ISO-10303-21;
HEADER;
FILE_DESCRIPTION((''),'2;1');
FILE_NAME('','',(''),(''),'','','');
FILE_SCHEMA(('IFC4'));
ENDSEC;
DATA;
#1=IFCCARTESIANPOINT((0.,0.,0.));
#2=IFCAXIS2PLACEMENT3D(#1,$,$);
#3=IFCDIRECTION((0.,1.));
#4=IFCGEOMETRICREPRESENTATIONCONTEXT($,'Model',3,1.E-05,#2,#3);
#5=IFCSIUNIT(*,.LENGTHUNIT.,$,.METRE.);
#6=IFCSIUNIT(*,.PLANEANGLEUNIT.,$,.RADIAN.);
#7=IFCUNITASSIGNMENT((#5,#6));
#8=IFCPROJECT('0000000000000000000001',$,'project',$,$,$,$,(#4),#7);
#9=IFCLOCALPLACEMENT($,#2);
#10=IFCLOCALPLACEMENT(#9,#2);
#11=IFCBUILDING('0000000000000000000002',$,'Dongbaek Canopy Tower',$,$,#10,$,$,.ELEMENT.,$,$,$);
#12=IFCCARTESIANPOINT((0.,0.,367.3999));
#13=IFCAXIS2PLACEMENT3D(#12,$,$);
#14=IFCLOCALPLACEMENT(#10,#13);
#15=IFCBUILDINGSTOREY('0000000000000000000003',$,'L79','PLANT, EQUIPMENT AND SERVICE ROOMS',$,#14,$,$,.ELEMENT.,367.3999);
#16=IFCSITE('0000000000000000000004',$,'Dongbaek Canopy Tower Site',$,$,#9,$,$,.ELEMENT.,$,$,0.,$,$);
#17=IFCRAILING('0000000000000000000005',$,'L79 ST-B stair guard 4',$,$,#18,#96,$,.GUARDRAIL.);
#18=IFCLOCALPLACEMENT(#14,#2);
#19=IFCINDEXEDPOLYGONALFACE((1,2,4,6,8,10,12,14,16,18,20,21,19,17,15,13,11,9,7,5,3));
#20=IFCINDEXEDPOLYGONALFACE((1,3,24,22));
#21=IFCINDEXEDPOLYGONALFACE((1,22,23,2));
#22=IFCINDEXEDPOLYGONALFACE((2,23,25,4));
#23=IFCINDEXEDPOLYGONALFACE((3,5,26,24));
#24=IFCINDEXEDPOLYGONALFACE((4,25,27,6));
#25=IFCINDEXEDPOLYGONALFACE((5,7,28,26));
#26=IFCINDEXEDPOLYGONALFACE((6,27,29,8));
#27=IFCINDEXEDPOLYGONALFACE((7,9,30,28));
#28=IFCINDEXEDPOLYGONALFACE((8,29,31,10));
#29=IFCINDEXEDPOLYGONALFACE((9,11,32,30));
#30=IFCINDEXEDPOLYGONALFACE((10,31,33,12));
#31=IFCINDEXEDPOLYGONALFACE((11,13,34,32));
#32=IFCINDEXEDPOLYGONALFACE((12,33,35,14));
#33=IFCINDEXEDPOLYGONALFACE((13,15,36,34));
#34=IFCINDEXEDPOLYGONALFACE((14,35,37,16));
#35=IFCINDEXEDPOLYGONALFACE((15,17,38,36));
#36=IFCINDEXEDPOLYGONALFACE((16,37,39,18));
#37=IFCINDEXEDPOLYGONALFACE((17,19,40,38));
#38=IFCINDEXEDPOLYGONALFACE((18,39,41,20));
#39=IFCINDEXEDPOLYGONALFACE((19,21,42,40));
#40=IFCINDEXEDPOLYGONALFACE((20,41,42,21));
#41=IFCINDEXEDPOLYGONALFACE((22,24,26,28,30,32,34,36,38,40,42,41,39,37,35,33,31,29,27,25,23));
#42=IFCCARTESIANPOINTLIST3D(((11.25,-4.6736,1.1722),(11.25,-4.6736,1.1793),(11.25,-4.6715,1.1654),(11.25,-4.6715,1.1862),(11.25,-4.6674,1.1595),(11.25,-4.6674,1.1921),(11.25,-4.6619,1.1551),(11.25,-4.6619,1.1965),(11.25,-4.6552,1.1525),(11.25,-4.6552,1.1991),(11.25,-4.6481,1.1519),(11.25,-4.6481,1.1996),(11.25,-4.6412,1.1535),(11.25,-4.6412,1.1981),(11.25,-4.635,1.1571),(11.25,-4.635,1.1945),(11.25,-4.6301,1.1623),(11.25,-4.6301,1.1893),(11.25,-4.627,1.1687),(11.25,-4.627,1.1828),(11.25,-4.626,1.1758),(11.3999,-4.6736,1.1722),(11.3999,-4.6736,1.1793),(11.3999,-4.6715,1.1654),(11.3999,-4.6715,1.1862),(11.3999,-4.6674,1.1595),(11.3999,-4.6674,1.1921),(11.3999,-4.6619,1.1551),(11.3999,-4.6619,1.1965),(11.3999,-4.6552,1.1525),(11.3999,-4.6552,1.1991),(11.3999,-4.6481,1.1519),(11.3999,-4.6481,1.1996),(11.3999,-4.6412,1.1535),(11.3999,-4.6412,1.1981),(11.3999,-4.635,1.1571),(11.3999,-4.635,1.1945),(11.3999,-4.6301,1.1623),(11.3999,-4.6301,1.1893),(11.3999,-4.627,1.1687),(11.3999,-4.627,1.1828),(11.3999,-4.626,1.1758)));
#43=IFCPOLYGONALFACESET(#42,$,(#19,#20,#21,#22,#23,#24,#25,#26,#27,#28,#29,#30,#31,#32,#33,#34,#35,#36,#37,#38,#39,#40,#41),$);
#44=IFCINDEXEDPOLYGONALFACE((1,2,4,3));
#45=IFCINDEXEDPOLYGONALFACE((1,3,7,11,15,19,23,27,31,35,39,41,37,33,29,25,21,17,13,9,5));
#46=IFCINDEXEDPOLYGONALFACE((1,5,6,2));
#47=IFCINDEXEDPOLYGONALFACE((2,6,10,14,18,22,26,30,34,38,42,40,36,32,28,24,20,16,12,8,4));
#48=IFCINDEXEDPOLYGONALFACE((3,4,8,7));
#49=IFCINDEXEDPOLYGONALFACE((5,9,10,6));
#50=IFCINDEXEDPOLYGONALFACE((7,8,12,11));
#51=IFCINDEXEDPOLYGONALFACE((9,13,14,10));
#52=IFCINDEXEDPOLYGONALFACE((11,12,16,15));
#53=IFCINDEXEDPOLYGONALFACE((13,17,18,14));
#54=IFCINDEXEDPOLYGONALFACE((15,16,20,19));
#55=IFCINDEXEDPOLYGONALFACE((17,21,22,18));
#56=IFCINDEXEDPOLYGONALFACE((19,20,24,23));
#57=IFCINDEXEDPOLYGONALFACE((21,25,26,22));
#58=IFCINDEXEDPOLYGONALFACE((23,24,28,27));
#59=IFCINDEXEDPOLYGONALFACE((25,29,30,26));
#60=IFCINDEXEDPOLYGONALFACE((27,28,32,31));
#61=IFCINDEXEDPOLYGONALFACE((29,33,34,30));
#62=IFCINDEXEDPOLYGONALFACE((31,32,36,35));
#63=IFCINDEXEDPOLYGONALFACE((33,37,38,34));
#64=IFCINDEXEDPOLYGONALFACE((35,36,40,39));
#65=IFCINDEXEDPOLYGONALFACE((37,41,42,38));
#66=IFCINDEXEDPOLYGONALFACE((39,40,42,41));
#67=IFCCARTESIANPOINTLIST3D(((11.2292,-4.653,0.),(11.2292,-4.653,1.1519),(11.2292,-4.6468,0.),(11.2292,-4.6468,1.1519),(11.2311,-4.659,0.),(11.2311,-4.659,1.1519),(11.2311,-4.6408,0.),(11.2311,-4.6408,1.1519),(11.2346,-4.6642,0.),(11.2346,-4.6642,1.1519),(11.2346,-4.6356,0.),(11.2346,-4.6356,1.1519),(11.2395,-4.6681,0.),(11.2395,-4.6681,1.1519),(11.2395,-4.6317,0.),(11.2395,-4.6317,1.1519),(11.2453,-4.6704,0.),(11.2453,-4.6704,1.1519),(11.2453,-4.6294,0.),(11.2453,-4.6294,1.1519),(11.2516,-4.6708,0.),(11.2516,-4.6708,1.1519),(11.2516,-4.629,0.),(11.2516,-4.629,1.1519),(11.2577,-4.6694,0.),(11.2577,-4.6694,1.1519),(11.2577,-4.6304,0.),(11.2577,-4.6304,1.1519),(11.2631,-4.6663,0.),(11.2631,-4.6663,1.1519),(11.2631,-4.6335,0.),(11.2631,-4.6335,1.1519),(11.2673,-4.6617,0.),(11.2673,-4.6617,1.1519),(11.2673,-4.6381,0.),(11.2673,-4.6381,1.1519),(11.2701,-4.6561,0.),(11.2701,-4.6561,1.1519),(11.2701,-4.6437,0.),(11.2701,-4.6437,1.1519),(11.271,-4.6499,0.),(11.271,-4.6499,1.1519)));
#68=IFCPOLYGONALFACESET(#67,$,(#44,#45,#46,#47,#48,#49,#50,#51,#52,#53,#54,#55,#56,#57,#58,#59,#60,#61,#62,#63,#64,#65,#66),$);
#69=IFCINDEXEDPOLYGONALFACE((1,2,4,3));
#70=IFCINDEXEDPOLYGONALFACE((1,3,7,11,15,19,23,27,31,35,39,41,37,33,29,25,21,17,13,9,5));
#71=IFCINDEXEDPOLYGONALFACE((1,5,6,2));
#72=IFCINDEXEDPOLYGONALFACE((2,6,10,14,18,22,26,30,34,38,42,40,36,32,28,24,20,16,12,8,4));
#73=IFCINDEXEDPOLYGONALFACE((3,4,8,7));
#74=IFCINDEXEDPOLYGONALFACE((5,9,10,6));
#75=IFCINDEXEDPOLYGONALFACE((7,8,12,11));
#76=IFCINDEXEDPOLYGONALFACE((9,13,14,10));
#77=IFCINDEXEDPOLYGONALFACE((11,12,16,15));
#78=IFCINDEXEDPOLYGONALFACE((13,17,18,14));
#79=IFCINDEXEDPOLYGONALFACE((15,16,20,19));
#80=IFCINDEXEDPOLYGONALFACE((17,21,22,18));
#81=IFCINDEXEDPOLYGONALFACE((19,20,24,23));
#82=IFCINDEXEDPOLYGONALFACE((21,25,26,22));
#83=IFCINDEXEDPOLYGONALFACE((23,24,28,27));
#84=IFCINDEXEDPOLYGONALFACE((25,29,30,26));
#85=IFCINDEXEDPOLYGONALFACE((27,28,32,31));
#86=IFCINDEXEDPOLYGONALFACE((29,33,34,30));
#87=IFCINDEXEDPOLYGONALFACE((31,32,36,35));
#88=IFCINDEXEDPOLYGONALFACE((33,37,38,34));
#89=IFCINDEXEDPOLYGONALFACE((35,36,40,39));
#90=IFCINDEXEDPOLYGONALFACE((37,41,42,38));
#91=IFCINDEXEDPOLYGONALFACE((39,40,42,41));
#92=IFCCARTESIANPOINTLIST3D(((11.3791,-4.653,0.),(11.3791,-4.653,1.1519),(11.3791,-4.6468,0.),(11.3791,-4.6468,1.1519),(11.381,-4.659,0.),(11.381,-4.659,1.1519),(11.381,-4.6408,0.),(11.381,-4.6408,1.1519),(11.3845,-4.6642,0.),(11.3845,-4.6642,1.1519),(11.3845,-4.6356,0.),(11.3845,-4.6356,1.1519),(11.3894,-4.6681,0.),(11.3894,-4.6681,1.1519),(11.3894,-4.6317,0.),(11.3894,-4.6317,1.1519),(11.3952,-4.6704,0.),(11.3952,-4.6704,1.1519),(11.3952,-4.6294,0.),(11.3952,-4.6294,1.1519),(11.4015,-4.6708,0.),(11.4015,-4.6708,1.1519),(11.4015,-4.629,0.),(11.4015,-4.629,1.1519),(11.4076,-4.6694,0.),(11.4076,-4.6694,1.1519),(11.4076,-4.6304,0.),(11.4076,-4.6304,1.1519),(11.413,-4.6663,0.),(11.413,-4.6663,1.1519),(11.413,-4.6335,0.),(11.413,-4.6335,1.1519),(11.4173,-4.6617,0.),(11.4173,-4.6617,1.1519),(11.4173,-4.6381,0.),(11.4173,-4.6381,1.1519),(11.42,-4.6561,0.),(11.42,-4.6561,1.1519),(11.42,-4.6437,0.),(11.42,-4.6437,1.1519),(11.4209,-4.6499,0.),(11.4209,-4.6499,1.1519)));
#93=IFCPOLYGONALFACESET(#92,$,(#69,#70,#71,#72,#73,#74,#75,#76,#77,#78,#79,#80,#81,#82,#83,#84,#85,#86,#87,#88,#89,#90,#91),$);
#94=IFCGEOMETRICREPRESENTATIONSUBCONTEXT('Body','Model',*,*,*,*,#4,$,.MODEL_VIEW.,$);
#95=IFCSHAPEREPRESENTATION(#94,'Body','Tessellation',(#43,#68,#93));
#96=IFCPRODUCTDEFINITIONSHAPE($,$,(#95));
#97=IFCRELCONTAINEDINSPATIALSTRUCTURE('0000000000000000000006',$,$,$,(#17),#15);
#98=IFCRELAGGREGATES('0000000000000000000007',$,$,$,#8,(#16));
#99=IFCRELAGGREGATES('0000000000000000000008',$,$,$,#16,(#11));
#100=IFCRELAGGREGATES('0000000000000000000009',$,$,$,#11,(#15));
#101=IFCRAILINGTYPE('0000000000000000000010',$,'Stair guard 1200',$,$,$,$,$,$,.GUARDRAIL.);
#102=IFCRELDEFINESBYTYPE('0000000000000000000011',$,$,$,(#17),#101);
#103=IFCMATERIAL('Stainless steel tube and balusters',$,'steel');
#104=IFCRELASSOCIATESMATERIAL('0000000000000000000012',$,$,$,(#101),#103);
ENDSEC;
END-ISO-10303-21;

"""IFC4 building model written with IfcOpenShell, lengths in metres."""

from ifc_helpers import new_model, si_unit, direction, frame, origin, origin_2d, place, context, subcontext, project, spatial, circle, extrude, material, type_object, element, save


model = new_model("IFC4")

# Units and contexts
model_context = context("Model", 3, precision=1e-05, world=origin(), true_north=direction((0.0, 1.0)))
body_context = subcontext(model_context, "Body", "Model", "MODEL_VIEW")
ifc_project = project(units=[si_unit("LENGTHUNIT", "METRE"), si_unit("PLANEANGLEUNIT", "RADIAN")], contexts=[model_context])

# Site, building, storey
site_placement = place(None, origin())
site = spatial("IfcSite", under=ifc_project, at=site_placement, Name="Dongbaek Canopy Tower Site", CompositionType="ELEMENT", RefElevation=0.0)
building_placement = place(site_placement, origin())
building = spatial("IfcBuilding", under=site, at=building_placement, Name="Dongbaek Canopy Tower", CompositionType="ELEMENT")
storey_placement = place(building_placement, frame((0.0, 0.0, 367.3999)))
storey = spatial("IfcBuildingStorey", under=building, at=storey_placement, Name="L79", Description="PLANT, EQUIPMENT AND SERVICE ROOMS", CompositionType="ELEMENT", Elevation=367.3999)

# Railing
ifc_material_1 = material(Name="Stainless steel tube and balusters", Category="steel")
railing_type_1 = type_object("IfcRailingType", Name="Stair guard 1200", PredefinedType="GUARDRAIL", material=ifc_material_1)
railing_1_placement = place(storey_placement, frame((11.25, -4.6499, 0.0)))
element("IfcRailing", 1, at=railing_1_placement, inside=storey, type_object=railing_type_1, Name="L79 ST-B stair guard 4", PredefinedType="GUARDRAIL", context=body_context, shape_type="SweptSolid", body=[
    extrude(circle(Radius=0.0239, at=origin_2d()), frame((0.0, 0.0, 1.1758), z_axis=(1.0, 0.0, 0.0), x_axis=(0.0, 1.0, 0.0)), (0.0, 0.0, 1.0), 0.1499),
    extrude(circle(Radius=0.021, at=origin_2d()), origin(), (0.0, 0.0, 1.0), 1.1519),
    extrude(circle(Radius=0.021, at=origin_2d()), frame((0.1499, 0.0, 0.0)), (0.0, 0.0, 1.0), 1.1519),
])

save(model, "model.ifc")
